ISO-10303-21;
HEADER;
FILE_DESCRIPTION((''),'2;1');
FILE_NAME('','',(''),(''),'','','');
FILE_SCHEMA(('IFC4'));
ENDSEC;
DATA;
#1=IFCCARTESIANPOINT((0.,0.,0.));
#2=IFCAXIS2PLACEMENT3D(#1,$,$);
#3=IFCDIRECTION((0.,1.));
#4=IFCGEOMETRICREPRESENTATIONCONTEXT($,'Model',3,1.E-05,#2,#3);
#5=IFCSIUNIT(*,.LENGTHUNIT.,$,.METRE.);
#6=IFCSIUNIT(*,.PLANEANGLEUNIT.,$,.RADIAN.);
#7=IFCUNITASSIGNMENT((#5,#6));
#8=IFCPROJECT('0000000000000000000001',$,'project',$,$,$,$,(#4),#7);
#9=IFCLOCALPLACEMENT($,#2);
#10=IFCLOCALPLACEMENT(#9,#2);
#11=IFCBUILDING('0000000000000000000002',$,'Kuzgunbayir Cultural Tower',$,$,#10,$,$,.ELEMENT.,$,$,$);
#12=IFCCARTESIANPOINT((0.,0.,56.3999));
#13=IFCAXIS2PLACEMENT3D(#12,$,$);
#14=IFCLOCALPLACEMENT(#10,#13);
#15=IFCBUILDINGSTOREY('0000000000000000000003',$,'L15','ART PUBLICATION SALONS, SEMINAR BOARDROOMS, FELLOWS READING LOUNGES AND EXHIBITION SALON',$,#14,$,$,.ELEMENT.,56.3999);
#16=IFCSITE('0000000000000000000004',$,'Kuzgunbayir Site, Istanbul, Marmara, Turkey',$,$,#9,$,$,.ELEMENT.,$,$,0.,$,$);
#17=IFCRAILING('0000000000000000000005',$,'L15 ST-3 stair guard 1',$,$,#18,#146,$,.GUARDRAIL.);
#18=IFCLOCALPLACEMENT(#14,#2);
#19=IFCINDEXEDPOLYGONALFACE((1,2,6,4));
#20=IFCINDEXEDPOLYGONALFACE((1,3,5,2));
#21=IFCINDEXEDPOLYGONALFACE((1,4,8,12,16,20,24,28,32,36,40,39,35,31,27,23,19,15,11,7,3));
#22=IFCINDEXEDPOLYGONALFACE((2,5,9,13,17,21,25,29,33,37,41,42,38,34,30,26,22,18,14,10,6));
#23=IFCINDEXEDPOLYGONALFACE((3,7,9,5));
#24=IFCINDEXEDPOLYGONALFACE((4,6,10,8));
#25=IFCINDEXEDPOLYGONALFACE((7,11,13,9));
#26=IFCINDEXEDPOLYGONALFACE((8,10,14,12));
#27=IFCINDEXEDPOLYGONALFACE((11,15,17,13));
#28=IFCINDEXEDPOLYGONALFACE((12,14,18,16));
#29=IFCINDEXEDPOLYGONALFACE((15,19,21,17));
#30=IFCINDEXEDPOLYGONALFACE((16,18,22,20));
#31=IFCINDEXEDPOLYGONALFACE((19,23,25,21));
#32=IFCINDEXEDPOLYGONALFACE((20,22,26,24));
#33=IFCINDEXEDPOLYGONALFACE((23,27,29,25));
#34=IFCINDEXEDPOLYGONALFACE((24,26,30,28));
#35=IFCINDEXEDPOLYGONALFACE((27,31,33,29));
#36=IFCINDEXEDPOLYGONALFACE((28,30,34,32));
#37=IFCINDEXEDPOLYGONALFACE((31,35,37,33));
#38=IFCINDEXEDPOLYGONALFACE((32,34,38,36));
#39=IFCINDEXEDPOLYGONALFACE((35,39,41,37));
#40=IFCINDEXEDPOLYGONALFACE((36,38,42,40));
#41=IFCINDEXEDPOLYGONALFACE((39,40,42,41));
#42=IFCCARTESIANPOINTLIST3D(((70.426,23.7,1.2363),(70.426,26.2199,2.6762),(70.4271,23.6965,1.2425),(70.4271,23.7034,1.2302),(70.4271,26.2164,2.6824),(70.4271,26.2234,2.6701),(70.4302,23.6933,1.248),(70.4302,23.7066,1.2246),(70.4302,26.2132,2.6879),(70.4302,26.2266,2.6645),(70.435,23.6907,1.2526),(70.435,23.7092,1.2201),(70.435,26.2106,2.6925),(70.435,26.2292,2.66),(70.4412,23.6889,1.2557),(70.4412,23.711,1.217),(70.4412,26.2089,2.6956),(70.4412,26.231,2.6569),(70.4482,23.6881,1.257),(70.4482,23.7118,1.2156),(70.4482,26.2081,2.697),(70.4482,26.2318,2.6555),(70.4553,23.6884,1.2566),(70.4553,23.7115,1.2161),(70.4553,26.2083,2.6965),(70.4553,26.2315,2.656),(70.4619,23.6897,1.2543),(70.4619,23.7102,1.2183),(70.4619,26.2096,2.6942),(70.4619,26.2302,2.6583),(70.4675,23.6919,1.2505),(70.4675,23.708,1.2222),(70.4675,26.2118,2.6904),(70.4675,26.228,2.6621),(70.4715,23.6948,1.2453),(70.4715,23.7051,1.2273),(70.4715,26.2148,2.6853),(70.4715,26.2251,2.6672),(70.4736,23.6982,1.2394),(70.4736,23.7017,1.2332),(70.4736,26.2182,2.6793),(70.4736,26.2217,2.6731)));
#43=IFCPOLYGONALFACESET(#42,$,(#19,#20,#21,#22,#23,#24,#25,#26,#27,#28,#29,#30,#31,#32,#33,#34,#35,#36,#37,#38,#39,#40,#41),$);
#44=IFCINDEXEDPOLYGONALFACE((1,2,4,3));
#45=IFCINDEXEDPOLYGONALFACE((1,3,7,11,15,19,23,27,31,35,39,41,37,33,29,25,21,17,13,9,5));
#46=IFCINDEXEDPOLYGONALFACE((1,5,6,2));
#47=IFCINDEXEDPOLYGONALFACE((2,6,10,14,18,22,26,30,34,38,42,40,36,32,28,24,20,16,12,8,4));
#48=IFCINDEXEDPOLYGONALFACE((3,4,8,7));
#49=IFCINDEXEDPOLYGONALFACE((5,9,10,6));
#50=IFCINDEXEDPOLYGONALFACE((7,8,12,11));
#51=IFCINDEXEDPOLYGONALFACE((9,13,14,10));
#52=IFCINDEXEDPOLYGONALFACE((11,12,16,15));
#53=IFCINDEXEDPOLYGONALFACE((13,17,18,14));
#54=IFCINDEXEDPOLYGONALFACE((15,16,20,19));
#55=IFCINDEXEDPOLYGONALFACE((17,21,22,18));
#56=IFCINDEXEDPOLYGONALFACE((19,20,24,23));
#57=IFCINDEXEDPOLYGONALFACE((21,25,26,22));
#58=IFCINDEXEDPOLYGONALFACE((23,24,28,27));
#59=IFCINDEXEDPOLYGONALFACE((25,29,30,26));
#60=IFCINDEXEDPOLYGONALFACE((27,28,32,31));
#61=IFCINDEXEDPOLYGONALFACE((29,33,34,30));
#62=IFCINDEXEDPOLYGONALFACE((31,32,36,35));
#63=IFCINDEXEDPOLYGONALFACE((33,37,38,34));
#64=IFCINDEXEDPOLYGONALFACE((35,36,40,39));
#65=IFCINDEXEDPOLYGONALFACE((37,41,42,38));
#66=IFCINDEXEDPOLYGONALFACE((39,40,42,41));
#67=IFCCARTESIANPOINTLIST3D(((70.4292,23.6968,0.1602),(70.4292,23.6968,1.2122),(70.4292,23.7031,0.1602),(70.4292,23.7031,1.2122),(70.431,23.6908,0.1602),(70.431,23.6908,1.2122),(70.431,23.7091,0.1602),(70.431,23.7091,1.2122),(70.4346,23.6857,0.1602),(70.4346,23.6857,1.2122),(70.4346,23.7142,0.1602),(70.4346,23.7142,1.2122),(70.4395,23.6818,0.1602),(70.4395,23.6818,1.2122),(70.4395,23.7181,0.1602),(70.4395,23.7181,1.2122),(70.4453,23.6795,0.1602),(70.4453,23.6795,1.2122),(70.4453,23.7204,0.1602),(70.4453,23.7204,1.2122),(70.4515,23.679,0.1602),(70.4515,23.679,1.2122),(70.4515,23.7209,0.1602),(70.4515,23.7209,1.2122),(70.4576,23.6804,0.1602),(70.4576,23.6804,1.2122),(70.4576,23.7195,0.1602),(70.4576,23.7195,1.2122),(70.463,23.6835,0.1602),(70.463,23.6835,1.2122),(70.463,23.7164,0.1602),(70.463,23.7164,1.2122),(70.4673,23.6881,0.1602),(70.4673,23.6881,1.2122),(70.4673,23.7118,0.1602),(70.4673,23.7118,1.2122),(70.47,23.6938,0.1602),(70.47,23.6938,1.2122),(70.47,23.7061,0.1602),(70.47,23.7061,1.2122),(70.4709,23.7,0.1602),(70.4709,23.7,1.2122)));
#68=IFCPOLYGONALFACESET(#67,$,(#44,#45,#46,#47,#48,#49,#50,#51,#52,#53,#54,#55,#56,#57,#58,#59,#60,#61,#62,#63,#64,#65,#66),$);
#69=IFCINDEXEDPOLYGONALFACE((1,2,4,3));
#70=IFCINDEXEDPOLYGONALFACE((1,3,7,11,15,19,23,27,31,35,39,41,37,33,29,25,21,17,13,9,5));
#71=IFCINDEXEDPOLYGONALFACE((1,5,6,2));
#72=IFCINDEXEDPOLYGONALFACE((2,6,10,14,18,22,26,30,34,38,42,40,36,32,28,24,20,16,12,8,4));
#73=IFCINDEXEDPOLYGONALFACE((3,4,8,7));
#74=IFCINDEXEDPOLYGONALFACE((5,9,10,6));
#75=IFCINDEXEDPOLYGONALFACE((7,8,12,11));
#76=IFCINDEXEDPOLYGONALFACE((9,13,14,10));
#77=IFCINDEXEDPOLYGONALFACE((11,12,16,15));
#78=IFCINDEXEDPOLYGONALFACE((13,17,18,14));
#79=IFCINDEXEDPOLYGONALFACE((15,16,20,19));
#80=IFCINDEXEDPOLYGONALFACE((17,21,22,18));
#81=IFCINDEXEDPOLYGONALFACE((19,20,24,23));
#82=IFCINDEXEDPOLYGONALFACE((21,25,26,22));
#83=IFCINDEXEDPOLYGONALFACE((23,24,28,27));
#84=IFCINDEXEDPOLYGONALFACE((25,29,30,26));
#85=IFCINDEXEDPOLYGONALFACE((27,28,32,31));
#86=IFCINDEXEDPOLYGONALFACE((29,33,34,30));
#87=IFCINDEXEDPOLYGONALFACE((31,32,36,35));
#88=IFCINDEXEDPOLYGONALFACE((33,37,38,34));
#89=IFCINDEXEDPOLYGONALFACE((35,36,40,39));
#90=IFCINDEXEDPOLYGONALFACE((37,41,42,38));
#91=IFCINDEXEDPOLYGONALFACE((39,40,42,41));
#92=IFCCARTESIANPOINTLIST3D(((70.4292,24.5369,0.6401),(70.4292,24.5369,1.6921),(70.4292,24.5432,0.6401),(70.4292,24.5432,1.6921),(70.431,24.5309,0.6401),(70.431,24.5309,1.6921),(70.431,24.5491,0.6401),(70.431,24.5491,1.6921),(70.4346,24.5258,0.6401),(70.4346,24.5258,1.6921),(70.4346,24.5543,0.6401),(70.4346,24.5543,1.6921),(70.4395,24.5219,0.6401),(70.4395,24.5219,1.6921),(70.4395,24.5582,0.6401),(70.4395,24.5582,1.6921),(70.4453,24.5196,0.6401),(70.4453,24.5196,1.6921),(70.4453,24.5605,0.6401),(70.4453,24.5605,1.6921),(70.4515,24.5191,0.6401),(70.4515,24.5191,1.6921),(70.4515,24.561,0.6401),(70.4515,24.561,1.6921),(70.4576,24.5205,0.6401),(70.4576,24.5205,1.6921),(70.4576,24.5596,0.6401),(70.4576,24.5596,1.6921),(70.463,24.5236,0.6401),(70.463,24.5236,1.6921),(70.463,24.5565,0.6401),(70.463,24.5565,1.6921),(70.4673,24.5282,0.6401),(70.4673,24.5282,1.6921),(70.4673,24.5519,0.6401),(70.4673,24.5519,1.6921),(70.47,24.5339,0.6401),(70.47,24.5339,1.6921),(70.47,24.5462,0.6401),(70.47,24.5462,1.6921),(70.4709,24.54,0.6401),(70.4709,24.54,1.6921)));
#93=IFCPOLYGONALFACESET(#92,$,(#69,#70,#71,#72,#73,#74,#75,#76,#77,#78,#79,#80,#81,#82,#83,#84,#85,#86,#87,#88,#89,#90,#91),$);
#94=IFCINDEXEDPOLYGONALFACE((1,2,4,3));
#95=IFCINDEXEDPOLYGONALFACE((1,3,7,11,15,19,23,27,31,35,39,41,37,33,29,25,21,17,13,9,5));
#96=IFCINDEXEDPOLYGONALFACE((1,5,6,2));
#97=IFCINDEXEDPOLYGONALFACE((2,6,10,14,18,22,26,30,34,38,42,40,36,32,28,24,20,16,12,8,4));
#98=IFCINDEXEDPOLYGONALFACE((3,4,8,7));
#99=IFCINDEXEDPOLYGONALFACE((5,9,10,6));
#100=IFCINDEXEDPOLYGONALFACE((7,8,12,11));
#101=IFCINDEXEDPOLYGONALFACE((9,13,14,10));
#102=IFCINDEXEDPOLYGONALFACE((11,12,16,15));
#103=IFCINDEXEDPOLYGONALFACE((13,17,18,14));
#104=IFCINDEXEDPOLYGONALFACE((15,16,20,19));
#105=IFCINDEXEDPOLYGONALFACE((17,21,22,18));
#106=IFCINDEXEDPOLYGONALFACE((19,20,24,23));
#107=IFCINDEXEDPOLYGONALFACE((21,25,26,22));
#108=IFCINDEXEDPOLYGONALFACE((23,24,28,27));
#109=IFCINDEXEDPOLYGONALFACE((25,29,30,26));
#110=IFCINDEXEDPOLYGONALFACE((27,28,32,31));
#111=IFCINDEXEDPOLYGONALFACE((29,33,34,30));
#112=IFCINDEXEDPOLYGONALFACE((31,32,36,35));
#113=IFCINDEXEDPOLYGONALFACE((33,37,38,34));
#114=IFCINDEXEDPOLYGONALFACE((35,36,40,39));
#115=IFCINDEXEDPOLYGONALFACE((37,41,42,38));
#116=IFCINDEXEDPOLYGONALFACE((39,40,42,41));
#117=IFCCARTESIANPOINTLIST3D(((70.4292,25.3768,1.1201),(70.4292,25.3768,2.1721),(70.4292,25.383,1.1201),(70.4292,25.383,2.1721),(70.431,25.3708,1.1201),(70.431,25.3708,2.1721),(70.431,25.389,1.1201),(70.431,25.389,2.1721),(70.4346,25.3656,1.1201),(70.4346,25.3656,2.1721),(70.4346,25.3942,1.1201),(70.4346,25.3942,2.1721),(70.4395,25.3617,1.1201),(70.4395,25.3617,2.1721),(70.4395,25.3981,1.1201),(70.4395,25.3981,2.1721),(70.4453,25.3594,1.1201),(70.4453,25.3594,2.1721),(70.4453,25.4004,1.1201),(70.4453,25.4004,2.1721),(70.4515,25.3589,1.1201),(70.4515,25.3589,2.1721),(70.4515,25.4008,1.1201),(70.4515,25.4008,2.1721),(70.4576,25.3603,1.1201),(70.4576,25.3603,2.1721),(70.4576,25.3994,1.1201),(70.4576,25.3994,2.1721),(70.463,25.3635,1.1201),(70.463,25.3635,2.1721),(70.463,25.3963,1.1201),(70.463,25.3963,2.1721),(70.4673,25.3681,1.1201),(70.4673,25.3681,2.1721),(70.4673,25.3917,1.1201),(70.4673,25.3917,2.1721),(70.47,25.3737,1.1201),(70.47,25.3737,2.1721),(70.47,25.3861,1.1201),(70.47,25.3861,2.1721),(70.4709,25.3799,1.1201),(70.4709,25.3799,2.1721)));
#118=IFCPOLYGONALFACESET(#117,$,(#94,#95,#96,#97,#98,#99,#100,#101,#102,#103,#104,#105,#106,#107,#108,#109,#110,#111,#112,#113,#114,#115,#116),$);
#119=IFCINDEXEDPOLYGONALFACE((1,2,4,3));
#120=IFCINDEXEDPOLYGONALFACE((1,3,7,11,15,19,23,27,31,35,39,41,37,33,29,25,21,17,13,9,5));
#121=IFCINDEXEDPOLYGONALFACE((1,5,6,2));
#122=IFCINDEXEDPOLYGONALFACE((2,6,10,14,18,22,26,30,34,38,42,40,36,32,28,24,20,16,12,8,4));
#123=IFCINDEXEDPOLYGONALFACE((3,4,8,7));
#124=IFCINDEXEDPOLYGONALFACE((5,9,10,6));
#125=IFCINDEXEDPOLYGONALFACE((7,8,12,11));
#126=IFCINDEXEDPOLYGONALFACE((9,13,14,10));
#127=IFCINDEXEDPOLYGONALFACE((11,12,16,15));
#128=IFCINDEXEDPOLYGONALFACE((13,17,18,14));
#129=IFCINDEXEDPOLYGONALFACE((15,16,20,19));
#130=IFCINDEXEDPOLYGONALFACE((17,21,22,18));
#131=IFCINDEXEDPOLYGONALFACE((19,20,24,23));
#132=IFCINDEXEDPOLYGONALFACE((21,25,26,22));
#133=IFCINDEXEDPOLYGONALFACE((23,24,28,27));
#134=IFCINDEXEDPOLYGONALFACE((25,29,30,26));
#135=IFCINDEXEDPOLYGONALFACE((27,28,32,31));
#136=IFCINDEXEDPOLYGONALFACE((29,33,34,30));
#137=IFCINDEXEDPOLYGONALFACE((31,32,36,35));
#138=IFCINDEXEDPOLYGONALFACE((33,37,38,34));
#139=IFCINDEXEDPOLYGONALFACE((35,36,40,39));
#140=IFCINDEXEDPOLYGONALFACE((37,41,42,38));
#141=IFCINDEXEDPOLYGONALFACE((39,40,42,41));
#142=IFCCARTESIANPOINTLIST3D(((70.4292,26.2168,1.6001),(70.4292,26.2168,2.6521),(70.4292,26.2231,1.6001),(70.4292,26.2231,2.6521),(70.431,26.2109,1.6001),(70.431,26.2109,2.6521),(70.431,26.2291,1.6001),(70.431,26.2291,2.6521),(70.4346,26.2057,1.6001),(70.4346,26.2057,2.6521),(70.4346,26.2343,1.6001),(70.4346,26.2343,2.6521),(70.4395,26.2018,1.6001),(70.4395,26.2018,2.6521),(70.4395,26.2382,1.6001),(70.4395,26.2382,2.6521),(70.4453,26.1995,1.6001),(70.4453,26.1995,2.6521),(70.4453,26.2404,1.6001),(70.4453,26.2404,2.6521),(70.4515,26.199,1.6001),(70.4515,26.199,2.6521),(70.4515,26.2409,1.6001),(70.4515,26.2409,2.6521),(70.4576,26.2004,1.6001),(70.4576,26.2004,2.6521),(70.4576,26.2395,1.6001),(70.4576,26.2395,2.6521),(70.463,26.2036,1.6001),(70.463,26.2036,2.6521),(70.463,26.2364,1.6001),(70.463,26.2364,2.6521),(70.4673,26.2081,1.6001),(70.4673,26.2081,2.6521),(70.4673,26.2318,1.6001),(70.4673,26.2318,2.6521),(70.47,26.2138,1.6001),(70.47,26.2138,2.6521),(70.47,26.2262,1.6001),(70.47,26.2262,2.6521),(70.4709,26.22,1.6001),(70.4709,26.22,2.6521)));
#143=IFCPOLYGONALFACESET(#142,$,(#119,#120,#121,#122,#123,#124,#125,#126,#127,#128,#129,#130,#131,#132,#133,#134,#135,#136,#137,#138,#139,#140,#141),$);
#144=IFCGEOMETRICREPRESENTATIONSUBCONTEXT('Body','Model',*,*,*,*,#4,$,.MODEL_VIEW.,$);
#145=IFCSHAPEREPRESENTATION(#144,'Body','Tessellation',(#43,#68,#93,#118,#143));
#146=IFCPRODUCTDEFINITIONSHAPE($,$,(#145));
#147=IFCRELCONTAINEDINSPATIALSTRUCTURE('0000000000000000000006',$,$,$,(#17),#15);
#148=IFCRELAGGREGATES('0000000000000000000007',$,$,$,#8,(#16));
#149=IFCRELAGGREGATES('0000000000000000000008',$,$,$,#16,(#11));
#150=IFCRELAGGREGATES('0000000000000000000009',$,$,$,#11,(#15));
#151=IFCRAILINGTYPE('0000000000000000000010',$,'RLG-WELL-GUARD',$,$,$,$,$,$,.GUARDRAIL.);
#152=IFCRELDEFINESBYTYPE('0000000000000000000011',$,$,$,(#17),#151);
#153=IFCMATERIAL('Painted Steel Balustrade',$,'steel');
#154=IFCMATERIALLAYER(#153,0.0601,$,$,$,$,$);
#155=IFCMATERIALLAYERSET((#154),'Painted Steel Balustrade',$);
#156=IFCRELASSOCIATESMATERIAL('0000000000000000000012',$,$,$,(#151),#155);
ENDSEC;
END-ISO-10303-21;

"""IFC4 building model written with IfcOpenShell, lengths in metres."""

from ifc_helpers import new_model, si_unit, direction, frame, origin, origin_2d, place, context, subcontext, project, spatial, circle, extrude, material, layer, layer_set, type_object, element, save


model = new_model("IFC4")

# Units and contexts
model_context = context("Model", 3, precision=1e-05, world=origin(), true_north=direction((0.0, 1.0)))
body_context = subcontext(model_context, "Body", "Model", "MODEL_VIEW")
ifc_project = project(units=[si_unit("LENGTHUNIT", "METRE"), si_unit("PLANEANGLEUNIT", "RADIAN")], contexts=[model_context])

# Site, building, storey
site_placement = place(None, origin())
site = spatial("IfcSite", under=ifc_project, at=site_placement, Name="Kuzgunbayir Site, Istanbul, Marmara, Turkey", CompositionType="ELEMENT", RefElevation=0.0)
building_placement = place(site_placement, origin())
building = spatial("IfcBuilding", under=site, at=building_placement, Name="Kuzgunbayir Cultural Tower", CompositionType="ELEMENT")
storey_placement = place(building_placement, frame((0.0, 0.0, 56.3999)))
storey = spatial("IfcBuildingStorey", under=building, at=storey_placement, Name="L15", Description="ART PUBLICATION SALONS, SEMINAR BOARDROOMS, FELLOWS READING LOUNGES AND EXHIBITION SALON", CompositionType="ELEMENT", Elevation=56.3999)

# Railing
ifc_material_1 = material(Name="Painted Steel Balustrade", Category="steel")
ifc_layer_1 = layer(ifc_material_1, 0.0601)
ifc_layer_set_1 = layer_set([ifc_layer_1], Name="Painted Steel Balustrade")
railing_type_1 = type_object("IfcRailingType", Name="RLG-WELL-GUARD", PredefinedType="GUARDRAIL", material=ifc_layer_set_1)
railing_1_placement = place(storey_placement, frame((70.45, 23.7, 0.1602)))
element("IfcRailing", 1, at=railing_1_placement, inside=storey, type_object=railing_type_1, Name="L15 ST-3 stair guard 1", PredefinedType="GUARDRAIL", context=body_context, shape_type="SweptSolid", body=[
    extrude(circle(Radius=0.0239, at=origin_2d()), frame((0.0, 0.0, 1.0762), z_axis=(0.0, 0.868253, 0.496121), x_axis=(-1.0, 0.0, 0.0)), (0.0, 0.0, 1.0), 2.9023),
    extrude(circle(Radius=0.021, at=origin_2d()), origin(), (0.0, 0.0, 1.0), 1.052),
    extrude(circle(Radius=0.021, at=origin_2d()), frame((0.0, 0.8401, 0.48)), (0.0, 0.0, 1.0), 1.052),
    extrude(circle(Radius=0.021, at=origin_2d()), frame((0.0, 1.6799, 0.96)), (0.0, 0.0, 1.0), 1.052),
    extrude(circle(Radius=0.021, at=origin_2d()), frame((0.0, 2.52, 1.4399)), (0.0, 0.0, 1.0), 1.052),
])

save(model, "model.ifc")
